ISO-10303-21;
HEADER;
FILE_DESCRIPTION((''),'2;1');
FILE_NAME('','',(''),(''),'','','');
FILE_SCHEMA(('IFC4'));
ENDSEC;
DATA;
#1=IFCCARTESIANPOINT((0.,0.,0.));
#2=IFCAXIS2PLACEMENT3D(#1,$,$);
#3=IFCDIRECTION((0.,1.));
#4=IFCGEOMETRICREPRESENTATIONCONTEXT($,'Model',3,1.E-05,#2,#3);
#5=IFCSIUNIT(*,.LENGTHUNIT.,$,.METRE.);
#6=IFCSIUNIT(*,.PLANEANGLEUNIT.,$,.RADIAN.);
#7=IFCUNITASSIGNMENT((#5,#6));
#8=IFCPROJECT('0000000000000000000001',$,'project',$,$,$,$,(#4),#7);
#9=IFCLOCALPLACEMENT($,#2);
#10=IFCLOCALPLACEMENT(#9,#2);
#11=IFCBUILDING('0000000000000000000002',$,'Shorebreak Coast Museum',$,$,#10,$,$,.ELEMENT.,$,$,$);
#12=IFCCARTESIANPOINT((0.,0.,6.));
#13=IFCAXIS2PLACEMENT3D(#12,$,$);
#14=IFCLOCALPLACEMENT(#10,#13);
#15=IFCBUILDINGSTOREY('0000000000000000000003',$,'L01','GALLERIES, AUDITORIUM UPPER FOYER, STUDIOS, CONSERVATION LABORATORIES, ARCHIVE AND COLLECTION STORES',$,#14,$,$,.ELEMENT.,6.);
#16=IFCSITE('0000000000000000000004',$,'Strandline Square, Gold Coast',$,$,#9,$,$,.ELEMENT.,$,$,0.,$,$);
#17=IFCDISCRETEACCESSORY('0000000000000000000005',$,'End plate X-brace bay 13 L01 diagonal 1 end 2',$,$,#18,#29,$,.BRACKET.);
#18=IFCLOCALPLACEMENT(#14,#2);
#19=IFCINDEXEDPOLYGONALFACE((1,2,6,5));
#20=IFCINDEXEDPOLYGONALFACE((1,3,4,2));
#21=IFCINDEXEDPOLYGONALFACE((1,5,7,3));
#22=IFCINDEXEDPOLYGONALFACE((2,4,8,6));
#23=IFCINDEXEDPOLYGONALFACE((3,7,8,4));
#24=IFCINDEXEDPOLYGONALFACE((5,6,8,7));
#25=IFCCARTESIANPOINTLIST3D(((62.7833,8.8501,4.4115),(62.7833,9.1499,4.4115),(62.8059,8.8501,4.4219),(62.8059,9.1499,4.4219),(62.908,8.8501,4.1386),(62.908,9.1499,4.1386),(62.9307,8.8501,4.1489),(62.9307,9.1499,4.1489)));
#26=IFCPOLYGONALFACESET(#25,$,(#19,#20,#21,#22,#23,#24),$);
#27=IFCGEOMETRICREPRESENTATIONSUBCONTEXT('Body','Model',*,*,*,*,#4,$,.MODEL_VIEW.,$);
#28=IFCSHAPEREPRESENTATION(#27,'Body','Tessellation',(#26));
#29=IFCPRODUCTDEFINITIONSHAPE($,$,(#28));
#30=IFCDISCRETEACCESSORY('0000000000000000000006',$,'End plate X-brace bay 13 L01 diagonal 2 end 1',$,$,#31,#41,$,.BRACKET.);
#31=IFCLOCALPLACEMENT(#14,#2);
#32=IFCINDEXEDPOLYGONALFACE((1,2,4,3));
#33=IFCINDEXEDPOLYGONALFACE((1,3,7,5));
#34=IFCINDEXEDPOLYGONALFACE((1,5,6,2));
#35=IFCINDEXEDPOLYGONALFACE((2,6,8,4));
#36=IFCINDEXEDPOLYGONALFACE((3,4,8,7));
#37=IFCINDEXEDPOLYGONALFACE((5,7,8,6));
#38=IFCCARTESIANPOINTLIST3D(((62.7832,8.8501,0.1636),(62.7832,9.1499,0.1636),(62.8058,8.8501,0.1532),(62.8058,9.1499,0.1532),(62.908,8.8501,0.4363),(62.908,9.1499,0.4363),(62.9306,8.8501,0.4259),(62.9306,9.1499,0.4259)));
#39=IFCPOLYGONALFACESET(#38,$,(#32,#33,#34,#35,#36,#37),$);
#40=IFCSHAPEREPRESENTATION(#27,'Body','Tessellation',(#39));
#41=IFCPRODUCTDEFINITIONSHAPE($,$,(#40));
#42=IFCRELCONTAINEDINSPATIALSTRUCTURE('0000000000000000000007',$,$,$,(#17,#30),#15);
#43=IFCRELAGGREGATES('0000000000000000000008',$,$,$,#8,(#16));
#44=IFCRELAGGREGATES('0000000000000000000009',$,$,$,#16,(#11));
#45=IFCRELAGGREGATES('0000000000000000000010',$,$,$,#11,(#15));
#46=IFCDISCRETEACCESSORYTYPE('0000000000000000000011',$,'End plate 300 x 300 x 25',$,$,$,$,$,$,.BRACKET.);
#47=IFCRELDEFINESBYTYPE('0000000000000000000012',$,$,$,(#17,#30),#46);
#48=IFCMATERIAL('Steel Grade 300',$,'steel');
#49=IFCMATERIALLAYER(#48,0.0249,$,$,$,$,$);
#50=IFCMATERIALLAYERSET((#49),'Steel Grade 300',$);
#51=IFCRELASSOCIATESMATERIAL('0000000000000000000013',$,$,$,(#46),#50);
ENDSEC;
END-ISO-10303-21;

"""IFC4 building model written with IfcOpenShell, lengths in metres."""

from ifc_helpers import new_model, si_unit, direction, frame, origin, place, context, subcontext, project, spatial, polyline, outline, extrude, material, layer, layer_set, type_object, element, save


model = new_model("IFC4")

# Units and contexts
model_context = context("Model", 3, precision=1e-05, world=origin(), true_north=direction((0.0, 1.0)))
body_context = subcontext(model_context, "Body", "Model", "MODEL_VIEW")
ifc_project = project(units=[si_unit("LENGTHUNIT", "METRE"), si_unit("PLANEANGLEUNIT", "RADIAN")], contexts=[model_context])

# Site, building, storey
site_placement = place(None, origin())
site = spatial("IfcSite", under=ifc_project, at=site_placement, Name="Strandline Square, Gold Coast", CompositionType="ELEMENT", RefElevation=0.0)
building_placement = place(site_placement, origin())
building = spatial("IfcBuilding", under=site, at=building_placement, Name="Shorebreak Coast Museum", CompositionType="ELEMENT")
storey_placement = place(building_placement, frame((0.0, 0.0, 6.0)))
storey = spatial("IfcBuildingStorey", under=building, at=storey_placement, Name="L01", Description="GALLERIES, AUDITORIUM UPPER FOYER, STUDIOS, CONSERVATION LABORATORIES, ARCHIVE AND COLLECTION STORES", CompositionType="ELEMENT", Elevation=6.0)

# Discrete accessories
ifc_material_1 = material(Name="Steel Grade 300", Category="steel")
ifc_layer_1 = layer(ifc_material_1, 0.0249)
ifc_layer_set_1 = layer_set([ifc_layer_1], Name="Steel Grade 300")
discrete_accessory_type = type_object("IfcDiscreteAccessoryType", Name="End plate 300 x 300 x 25", PredefinedType="BRACKET", material=ifc_layer_set_1)
discrete_accessory_1_placement = place(storey_placement, frame((62.9307, 8.8501, 4.1489), z_axis=(0.909501, 0.0, 0.415702), x_axis=(0.0, 1.0, 0.0)))
element("IfcDiscreteAccessory", 1, at=discrete_accessory_1_placement, inside=storey, type_object=discrete_accessory_type, Name="End plate X-brace bay 13 L01 diagonal 1 end 2", PredefinedType="BRACKET", context=body_context, shape_type="SweptSolid", body=[
    extrude(outline(polyline([(0.0, 0.0), (0.2998, 0.0), (0.2998, 0.3001), (0.0, 0.3001), (0.0, 0.0)])), origin(), (0.0, 0.0, -1.0), 0.0249),
])
discrete_accessory_2_placement = place(storey_placement, frame((62.7832, 9.1499, 0.1636), z_axis=(-0.90936, 0.0, 0.41601), x_axis=(0.0, -1.0, 0.0)))
element("IfcDiscreteAccessory", 2, at=discrete_accessory_2_placement, inside=storey, type_object=discrete_accessory_type, Name="End plate X-brace bay 13 L01 diagonal 2 end 1", PredefinedType="BRACKET", context=body_context, shape_type="SweptSolid", body=[
    extrude(outline(polyline([(0.0, 0.0), (0.2998, 0.0), (0.2998, 0.2999), (0.0, 0.2999), (0.0, 0.0)])), origin(), (0.0, 0.0, -1.0), 0.0249),
])

save(model, "model.ifc")
